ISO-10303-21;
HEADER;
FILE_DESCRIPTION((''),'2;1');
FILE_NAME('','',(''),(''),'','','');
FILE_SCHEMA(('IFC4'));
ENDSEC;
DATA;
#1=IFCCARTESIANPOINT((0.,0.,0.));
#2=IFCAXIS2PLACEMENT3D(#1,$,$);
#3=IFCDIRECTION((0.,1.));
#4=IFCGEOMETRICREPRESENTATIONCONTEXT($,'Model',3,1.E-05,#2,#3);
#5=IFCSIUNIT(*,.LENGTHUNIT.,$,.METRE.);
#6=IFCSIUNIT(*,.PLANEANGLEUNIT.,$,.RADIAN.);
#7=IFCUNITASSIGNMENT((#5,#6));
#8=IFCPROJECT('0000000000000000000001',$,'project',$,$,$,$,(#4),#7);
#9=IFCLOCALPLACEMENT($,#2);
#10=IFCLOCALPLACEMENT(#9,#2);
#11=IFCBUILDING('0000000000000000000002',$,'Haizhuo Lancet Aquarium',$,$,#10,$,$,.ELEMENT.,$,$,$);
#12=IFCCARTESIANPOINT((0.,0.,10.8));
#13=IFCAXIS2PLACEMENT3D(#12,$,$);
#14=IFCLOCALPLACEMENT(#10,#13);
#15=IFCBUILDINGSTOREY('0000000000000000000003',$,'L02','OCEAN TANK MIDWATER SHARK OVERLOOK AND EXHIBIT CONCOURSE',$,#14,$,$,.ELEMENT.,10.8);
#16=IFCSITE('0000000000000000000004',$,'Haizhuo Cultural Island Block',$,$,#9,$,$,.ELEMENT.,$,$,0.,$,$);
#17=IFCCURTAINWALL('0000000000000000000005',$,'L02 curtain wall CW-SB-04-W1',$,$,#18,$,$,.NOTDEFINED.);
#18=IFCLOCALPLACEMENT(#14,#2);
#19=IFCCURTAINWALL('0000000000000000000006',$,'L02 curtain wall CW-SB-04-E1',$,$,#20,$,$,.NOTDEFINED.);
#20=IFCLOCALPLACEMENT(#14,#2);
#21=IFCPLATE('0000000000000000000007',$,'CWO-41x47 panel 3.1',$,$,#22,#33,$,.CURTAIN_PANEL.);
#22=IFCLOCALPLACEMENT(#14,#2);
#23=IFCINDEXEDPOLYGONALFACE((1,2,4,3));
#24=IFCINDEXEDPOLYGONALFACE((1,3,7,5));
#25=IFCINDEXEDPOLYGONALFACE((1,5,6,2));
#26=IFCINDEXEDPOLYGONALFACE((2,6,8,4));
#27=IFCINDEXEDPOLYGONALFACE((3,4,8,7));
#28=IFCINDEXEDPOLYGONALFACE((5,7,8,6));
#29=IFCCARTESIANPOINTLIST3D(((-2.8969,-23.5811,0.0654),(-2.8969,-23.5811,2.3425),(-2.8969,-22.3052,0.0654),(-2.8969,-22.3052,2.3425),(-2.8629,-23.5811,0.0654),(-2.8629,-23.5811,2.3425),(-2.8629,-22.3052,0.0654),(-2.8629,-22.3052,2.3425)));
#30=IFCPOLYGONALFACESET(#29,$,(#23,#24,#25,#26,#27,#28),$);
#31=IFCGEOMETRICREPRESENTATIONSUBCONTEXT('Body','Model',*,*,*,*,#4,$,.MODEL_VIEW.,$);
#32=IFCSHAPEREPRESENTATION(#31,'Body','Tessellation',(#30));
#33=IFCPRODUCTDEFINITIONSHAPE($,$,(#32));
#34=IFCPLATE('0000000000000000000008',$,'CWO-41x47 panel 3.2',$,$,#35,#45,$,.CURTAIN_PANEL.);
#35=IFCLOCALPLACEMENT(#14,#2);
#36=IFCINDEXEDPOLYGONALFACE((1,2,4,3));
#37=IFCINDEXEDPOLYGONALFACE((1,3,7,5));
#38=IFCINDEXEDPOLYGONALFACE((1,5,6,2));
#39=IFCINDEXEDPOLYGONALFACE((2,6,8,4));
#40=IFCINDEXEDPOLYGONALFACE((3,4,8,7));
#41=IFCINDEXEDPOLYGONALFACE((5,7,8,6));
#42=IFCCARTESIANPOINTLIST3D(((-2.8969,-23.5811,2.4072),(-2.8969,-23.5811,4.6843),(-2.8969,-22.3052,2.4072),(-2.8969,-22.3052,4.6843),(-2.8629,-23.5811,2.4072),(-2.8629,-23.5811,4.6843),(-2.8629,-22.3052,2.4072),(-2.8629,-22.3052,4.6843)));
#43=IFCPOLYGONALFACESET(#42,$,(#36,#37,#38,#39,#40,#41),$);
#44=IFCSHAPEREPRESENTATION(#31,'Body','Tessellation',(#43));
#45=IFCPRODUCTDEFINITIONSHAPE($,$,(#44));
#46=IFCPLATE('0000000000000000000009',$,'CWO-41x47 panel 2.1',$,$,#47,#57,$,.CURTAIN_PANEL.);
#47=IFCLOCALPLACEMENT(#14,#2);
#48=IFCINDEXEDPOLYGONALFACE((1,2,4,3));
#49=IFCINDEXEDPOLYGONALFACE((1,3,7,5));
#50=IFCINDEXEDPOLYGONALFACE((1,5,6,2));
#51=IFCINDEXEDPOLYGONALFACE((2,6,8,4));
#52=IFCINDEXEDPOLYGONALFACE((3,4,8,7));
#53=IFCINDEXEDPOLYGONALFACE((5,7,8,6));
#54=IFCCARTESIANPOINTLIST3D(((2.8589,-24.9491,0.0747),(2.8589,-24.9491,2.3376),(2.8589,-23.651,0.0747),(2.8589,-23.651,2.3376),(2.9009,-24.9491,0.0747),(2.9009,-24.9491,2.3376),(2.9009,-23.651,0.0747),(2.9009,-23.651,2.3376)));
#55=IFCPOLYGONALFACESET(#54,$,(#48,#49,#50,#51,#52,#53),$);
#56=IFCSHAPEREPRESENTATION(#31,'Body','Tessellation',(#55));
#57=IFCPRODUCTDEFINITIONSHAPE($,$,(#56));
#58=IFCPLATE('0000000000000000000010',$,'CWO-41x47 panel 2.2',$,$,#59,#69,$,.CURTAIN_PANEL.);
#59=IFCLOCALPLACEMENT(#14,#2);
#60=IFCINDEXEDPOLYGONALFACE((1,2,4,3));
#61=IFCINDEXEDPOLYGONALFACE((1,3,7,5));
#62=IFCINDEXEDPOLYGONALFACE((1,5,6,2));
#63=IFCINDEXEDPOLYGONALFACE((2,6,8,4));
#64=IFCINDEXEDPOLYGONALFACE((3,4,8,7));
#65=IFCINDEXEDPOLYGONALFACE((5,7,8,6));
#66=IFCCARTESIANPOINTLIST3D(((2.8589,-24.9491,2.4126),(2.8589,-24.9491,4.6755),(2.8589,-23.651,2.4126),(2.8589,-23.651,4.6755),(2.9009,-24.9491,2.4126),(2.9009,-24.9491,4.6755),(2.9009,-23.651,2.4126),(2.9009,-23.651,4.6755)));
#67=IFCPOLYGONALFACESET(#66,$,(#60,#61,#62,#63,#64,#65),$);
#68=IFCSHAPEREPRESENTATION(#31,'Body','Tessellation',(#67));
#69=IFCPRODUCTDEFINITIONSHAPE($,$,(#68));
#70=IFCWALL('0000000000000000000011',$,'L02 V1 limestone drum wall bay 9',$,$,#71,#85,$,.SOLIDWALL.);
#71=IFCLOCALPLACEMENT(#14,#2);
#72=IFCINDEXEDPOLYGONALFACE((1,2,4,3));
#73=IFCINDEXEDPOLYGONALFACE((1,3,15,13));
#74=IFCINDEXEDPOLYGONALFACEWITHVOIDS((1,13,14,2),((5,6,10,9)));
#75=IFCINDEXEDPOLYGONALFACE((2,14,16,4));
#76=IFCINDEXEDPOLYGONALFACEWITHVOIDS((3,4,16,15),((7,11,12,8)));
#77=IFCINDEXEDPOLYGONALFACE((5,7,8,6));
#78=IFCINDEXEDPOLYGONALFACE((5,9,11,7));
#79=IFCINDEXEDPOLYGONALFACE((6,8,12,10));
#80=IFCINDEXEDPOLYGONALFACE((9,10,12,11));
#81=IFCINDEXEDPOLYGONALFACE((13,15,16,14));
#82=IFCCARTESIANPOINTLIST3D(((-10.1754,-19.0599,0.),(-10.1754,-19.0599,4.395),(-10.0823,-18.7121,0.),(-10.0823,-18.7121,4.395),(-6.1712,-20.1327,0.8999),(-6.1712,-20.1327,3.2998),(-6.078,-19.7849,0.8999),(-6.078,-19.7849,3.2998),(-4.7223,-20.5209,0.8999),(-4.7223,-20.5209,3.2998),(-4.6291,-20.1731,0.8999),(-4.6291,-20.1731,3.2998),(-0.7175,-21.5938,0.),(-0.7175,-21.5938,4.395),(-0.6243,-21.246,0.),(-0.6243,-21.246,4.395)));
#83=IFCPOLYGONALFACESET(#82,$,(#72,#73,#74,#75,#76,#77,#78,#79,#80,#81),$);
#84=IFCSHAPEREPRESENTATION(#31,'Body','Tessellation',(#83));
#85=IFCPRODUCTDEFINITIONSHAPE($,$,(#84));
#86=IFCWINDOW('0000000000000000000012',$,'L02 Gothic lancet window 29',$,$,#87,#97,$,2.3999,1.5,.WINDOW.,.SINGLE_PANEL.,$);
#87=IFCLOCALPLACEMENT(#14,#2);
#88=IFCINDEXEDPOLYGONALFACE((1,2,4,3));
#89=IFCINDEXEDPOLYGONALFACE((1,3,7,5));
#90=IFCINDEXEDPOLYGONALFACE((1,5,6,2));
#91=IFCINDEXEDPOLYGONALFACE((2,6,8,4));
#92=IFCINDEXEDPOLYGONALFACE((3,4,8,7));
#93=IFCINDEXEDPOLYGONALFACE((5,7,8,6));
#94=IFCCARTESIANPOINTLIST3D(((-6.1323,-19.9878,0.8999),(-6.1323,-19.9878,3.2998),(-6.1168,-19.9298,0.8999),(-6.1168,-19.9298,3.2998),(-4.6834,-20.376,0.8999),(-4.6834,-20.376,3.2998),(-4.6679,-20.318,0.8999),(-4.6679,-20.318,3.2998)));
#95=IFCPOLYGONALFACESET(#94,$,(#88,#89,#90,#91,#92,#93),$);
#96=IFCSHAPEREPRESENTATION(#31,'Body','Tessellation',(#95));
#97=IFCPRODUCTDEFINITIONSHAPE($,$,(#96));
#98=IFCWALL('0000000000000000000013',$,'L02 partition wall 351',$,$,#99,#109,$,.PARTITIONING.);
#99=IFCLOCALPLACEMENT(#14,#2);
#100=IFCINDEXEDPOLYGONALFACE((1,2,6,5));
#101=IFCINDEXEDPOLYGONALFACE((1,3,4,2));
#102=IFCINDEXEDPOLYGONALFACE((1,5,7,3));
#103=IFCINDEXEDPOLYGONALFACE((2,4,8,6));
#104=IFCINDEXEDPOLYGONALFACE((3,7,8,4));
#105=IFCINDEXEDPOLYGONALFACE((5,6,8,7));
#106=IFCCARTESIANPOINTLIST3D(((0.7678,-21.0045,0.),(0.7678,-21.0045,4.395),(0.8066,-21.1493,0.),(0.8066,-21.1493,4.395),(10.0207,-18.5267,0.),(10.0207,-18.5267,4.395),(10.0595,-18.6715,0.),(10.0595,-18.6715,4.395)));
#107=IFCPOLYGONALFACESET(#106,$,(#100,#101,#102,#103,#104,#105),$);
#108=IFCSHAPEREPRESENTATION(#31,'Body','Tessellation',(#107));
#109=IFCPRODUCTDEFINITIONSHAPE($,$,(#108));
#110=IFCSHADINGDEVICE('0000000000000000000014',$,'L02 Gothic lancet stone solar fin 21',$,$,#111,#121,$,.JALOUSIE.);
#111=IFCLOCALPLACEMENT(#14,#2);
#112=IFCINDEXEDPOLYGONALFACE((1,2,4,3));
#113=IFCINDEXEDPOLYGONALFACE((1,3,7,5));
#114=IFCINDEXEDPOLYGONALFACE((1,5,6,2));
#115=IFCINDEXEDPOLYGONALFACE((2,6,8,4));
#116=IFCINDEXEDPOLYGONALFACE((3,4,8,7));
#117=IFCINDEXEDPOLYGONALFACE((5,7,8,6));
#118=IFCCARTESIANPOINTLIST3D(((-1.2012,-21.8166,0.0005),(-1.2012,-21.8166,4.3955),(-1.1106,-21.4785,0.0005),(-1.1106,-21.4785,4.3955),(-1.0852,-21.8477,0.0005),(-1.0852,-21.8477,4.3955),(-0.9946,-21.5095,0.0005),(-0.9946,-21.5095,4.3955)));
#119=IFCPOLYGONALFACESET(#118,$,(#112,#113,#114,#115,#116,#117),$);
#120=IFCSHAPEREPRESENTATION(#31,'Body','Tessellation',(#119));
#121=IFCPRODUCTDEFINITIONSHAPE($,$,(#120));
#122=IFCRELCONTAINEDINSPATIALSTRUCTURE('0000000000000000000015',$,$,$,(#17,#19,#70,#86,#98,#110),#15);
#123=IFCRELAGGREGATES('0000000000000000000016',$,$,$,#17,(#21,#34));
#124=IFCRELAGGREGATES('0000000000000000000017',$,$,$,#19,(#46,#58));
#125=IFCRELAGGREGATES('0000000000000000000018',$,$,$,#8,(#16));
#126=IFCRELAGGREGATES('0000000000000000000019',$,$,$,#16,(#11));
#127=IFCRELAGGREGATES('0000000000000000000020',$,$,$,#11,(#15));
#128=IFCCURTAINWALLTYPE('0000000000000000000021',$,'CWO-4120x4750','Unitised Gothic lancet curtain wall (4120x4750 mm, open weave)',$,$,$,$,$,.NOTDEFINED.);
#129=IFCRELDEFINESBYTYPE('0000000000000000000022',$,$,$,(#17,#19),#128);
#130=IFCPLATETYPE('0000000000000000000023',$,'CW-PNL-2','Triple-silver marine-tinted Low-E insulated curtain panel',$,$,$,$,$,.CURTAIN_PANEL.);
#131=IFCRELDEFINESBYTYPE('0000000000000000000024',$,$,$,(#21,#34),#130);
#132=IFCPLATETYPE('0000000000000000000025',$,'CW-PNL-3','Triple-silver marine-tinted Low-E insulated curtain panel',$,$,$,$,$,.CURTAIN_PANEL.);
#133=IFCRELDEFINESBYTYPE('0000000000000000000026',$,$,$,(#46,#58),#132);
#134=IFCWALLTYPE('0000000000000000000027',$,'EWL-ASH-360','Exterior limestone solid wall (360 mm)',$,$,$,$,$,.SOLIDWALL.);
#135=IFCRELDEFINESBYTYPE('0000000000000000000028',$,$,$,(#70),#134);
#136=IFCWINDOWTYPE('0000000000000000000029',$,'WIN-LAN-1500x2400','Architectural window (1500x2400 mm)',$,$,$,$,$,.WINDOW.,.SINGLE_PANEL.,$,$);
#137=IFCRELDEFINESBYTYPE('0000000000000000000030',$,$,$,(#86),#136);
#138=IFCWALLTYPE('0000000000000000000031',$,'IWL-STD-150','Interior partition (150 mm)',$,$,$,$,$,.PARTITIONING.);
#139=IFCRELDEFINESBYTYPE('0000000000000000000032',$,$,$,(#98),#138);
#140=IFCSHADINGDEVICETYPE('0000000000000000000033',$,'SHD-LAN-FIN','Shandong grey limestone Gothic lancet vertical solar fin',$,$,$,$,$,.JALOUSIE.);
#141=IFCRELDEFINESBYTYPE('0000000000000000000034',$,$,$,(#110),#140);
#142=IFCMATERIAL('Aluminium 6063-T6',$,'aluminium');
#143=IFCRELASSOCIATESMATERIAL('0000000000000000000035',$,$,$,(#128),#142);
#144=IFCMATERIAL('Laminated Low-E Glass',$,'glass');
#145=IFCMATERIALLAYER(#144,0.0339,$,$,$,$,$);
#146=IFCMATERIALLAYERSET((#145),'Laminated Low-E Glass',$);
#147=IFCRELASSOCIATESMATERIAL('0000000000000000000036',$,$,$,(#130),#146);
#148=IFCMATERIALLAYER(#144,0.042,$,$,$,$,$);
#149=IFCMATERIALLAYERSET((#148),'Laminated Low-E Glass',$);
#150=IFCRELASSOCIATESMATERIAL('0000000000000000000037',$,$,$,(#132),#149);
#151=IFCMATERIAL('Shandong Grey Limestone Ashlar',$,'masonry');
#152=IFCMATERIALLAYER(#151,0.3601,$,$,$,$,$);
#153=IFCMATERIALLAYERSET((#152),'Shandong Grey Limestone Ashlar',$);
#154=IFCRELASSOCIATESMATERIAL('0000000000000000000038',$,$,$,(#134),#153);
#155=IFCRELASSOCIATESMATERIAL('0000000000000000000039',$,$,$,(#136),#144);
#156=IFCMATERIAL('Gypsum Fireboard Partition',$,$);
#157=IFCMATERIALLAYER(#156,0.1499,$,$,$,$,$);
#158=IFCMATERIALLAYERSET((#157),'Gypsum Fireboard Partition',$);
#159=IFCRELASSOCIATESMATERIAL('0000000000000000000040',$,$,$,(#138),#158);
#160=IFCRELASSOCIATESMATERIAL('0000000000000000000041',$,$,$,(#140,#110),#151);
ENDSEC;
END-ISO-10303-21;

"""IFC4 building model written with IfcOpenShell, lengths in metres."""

from ifc_helpers import new_model, si_unit, direction, frame, frame_2d, origin, origin_2d, place, context, subcontext, project, spatial, rectangle, extrude, material, layer, layer_set, type_object, element, fill, aggregate, save


model = new_model("IFC4")

# Units and contexts
model_context = context("Model", 3, precision=1e-05, world=origin(), true_north=direction((0.0, 1.0)))
body_context = subcontext(model_context, "Body", "Model", "MODEL_VIEW")
ifc_project = project(units=[si_unit("LENGTHUNIT", "METRE"), si_unit("PLANEANGLEUNIT", "RADIAN")], contexts=[model_context])

# Site, building, storey
site_placement = place(None, origin())
site = spatial("IfcSite", under=ifc_project, at=site_placement, Name="Haizhuo Cultural Island Block", CompositionType="ELEMENT", RefElevation=0.0)
building_placement = place(site_placement, origin())
building = spatial("IfcBuilding", under=site, at=building_placement, Name="Haizhuo Lancet Aquarium", CompositionType="ELEMENT")
storey_placement = place(building_placement, frame((0.0, 0.0, 10.8)))
storey = spatial("IfcBuildingStorey", under=building, at=storey_placement, Name="L02", Description="OCEAN TANK MIDWATER SHARK OVERLOOK AND EXHIBIT CONCOURSE", CompositionType="ELEMENT", Elevation=10.8)

# Curtain walls
ifc_material_1 = material(Name="Aluminium 6063-T6", Category="aluminium")
curtain_wall_type = type_object("IfcCurtainWallType", Name="CWO-4120x4750", Description="Unitised Gothic lancet curtain wall (4120x4750 mm, open weave)", PredefinedType="NOTDEFINED", material=ifc_material_1)
curtain_wall_1_placement = place(storey_placement, origin())
curtain_wall_1 = element("IfcCurtainWall", 1, at=curtain_wall_1_placement, inside=storey, type_object=curtain_wall_type, Name="L02 curtain wall CW-SB-04-W1", PredefinedType="NOTDEFINED")
curtain_wall_2_placement = place(storey_placement, origin())
curtain_wall_2 = element("IfcCurtainWall", 2, at=curtain_wall_2_placement, inside=storey, type_object=curtain_wall_type, Name="L02 curtain wall CW-SB-04-E1", PredefinedType="NOTDEFINED")

# Plates
ifc_material_2 = material(Name="Laminated Low-E Glass", Category="glass")
ifc_layer_1 = layer(ifc_material_2, 0.0339)
ifc_layer_set_1 = layer_set([ifc_layer_1], Name="Laminated Low-E Glass")
plate_type_1 = type_object("IfcPlateType", Name="CW-PNL-2", Description="Triple-silver marine-tinted Low-E insulated curtain panel", PredefinedType="CURTAIN_PANEL", material=ifc_layer_set_1)
plate_1_placement = place(storey_placement, frame((-2.8799, -22.9431, 0.0654), z_axis=(0.0, 0.0, 1.0), x_axis=(0.0, 1.0, 0.0)))
plate_1 = element("IfcPlate", 3, at=plate_1_placement, type_object=plate_type_1, Name="CWO-41x47 panel 3.1", PredefinedType="CURTAIN_PANEL", context=body_context, shape_type="SweptSolid", body=[
    extrude(rectangle(XDim=1.2759, YDim=0.0339, at=origin_2d()), origin(), (0.0, 0.0, 1.0), 2.2771),
])
plate_2_placement = place(storey_placement, frame((-2.8799, -22.9431, 2.4072), z_axis=(0.0, 0.0, 1.0), x_axis=(0.0, 1.0, 0.0)))
plate_2 = element("IfcPlate", 4, at=plate_2_placement, type_object=plate_type_1, Name="CWO-41x47 panel 3.2", PredefinedType="CURTAIN_PANEL", context=body_context, shape_type="SweptSolid", body=[
    extrude(rectangle(XDim=1.2759, YDim=0.0339, at=origin_2d()), origin(), (0.0, 0.0, 1.0), 2.2771),
])
aggregate(curtain_wall_1, [plate_1, plate_2])
ifc_layer_2 = layer(ifc_material_2, 0.042)
ifc_layer_set_2 = layer_set([ifc_layer_2], Name="Laminated Low-E Glass")
plate_type_2 = type_object("IfcPlateType", Name="CW-PNL-3", Description="Triple-silver marine-tinted Low-E insulated curtain panel", PredefinedType="CURTAIN_PANEL", material=ifc_layer_set_2)
plate_3_placement = place(storey_placement, frame((2.8799, -24.3, 0.0747), z_axis=(0.0, 0.0, 1.0), x_axis=(0.0, -1.0, 0.0)))
plate_3 = element("IfcPlate", 5, at=plate_3_placement, type_object=plate_type_2, Name="CWO-41x47 panel 2.1", PredefinedType="CURTAIN_PANEL", context=body_context, shape_type="SweptSolid", body=[
    extrude(rectangle(XDim=1.2981, YDim=0.042, at=origin_2d()), origin(), (0.0, 0.0, 1.0), 2.2629),
])
plate_4_placement = place(storey_placement, frame((2.8799, -24.3, 2.4126), z_axis=(0.0, 0.0, 1.0), x_axis=(0.0, -1.0, 0.0)))
plate_4 = element("IfcPlate", 6, at=plate_4_placement, type_object=plate_type_2, Name="CWO-41x47 panel 2.2", PredefinedType="CURTAIN_PANEL", context=body_context, shape_type="SweptSolid", body=[
    extrude(rectangle(XDim=1.2981, YDim=0.042, at=origin_2d()), origin(), (0.0, 0.0, 1.0), 2.2629),
])
aggregate(curtain_wall_2, [plate_3, plate_4])

# Wall, opening, window
ifc_material_3 = material(Name="Shandong Grey Limestone Ashlar", Category="masonry")
ifc_layer_3 = layer(ifc_material_3, 0.3601)
ifc_layer_set_3 = layer_set([ifc_layer_3], Name="Shandong Grey Limestone Ashlar")
wall_type_1 = type_object("IfcWallType", Name="EWL-ASH-360", Description="Exterior limestone solid wall (360 mm)", PredefinedType="SOLIDWALL", material=ifc_layer_set_3)
wall_1_placement = place(storey_placement, frame((-0.6709, -21.4199, 0.0), z_axis=(0.0, 0.0, 1.0), x_axis=(-0.965934, 0.258788, 0.0)))
wall_1 = element("IfcWall", 7, at=wall_1_placement, inside=storey, type_object=wall_type_1, Name="L02 V1 limestone drum wall bay 9", PredefinedType="SOLIDWALL", context=body_context, shape_type="SweptSolid", body=[
    extrude(rectangle(XDim=9.7915, YDim=0.3601, at=frame_2d((4.8958, 0.0))), origin(), (0.0, 0.0, 1.0), 4.395),
])
opening_placement = place(wall_1_placement, frame((4.146, 0.0, 0.8999)))
opening = element("IfcOpeningElement", 8, at=opening_placement, cuts=wall_1, PredefinedType="OPENING", context=body_context, shape_type="SweptSolid", body=[
    extrude(rectangle(XDim=1.5, YDim=2.3999, at=frame_2d((0.75, 1.2))), frame((0.0, 0.1899, 0.0), z_axis=(0.0, -1.0, 0.0), x_axis=(1.0, 0.0, 0.0)), (0.0, 0.0, 1.0), 0.3801),
])
window_type = type_object("IfcWindowType", Name="WIN-LAN-1500x2400", Description="Architectural window (1500x2400 mm)", PartitioningType="SINGLE_PANEL", PredefinedType="WINDOW", material=ifc_material_2)
window_placement = place(opening_placement, origin())
window = element("IfcWindow", 9, at=window_placement, inside=storey, type_object=window_type, Name="L02 Gothic lancet window 29", OverallHeight=2.3999, OverallWidth=1.5, PartitioningType="SINGLE_PANEL", PredefinedType="WINDOW", context=body_context, shape_type="SweptSolid", body=[
    extrude(rectangle(XDim=1.5, YDim=2.3999, at=frame_2d((0.75, 1.2))), frame((0.0, 0.03, 0.0), z_axis=(0.0, -1.0, 0.0), x_axis=(1.0, 0.0, 0.0)), (0.0, 0.0, 1.0), 0.0601),
])
fill(opening, window)

# Wall
ifc_material_4 = material(Name="Gypsum Fireboard Partition")
ifc_layer_4 = layer(ifc_material_4, 0.1499)
ifc_layer_set_4 = layer_set([ifc_layer_4], Name="Gypsum Fireboard Partition")
wall_type_2 = type_object("IfcWallType", Name="IWL-STD-150", Description="Interior partition (150 mm)", PredefinedType="PARTITIONING", material=ifc_layer_set_4)
wall_2_placement = place(storey_placement, frame((0.7871, -21.0769, 0.0), z_axis=(0.0, 0.0, 1.0), x_axis=(0.965966, 0.25867, 0.0)))
element("IfcWall", 10, at=wall_2_placement, inside=storey, type_object=wall_type_2, Name="L02 partition wall 351", PredefinedType="PARTITIONING", context=body_context, shape_type="SweptSolid", body=[
    extrude(rectangle(XDim=9.5789, YDim=0.1499, at=frame_2d((4.7896, 0.0))), origin(), (0.0, 0.0, 1.0), 4.395),
])

# Shading device
shading_device_type = type_object("IfcShadingDeviceType", Name="SHD-LAN-FIN", Description="Shandong grey limestone Gothic lancet vertical solar fin", PredefinedType="JALOUSIE", material=ifc_material_3)
shading_device_placement = place(storey_placement, frame((-1.0979, -21.6631, 0.0005), z_axis=(0.0, 0.0, 1.0), x_axis=(-0.965933, 0.258794, 0.0)))
element("IfcShadingDevice", 11, at=shading_device_placement, inside=storey, type_object=shading_device_type, material=ifc_material_3, Name="L02 Gothic lancet stone solar fin 21", PredefinedType="JALOUSIE", context=body_context, shape_type="SweptSolid", body=[
    extrude(rectangle(XDim=0.1201, YDim=0.3501, at=origin_2d()), origin(), (0.0, 0.0, 1.0), 4.395),
])

save(model, "model.ifc")
